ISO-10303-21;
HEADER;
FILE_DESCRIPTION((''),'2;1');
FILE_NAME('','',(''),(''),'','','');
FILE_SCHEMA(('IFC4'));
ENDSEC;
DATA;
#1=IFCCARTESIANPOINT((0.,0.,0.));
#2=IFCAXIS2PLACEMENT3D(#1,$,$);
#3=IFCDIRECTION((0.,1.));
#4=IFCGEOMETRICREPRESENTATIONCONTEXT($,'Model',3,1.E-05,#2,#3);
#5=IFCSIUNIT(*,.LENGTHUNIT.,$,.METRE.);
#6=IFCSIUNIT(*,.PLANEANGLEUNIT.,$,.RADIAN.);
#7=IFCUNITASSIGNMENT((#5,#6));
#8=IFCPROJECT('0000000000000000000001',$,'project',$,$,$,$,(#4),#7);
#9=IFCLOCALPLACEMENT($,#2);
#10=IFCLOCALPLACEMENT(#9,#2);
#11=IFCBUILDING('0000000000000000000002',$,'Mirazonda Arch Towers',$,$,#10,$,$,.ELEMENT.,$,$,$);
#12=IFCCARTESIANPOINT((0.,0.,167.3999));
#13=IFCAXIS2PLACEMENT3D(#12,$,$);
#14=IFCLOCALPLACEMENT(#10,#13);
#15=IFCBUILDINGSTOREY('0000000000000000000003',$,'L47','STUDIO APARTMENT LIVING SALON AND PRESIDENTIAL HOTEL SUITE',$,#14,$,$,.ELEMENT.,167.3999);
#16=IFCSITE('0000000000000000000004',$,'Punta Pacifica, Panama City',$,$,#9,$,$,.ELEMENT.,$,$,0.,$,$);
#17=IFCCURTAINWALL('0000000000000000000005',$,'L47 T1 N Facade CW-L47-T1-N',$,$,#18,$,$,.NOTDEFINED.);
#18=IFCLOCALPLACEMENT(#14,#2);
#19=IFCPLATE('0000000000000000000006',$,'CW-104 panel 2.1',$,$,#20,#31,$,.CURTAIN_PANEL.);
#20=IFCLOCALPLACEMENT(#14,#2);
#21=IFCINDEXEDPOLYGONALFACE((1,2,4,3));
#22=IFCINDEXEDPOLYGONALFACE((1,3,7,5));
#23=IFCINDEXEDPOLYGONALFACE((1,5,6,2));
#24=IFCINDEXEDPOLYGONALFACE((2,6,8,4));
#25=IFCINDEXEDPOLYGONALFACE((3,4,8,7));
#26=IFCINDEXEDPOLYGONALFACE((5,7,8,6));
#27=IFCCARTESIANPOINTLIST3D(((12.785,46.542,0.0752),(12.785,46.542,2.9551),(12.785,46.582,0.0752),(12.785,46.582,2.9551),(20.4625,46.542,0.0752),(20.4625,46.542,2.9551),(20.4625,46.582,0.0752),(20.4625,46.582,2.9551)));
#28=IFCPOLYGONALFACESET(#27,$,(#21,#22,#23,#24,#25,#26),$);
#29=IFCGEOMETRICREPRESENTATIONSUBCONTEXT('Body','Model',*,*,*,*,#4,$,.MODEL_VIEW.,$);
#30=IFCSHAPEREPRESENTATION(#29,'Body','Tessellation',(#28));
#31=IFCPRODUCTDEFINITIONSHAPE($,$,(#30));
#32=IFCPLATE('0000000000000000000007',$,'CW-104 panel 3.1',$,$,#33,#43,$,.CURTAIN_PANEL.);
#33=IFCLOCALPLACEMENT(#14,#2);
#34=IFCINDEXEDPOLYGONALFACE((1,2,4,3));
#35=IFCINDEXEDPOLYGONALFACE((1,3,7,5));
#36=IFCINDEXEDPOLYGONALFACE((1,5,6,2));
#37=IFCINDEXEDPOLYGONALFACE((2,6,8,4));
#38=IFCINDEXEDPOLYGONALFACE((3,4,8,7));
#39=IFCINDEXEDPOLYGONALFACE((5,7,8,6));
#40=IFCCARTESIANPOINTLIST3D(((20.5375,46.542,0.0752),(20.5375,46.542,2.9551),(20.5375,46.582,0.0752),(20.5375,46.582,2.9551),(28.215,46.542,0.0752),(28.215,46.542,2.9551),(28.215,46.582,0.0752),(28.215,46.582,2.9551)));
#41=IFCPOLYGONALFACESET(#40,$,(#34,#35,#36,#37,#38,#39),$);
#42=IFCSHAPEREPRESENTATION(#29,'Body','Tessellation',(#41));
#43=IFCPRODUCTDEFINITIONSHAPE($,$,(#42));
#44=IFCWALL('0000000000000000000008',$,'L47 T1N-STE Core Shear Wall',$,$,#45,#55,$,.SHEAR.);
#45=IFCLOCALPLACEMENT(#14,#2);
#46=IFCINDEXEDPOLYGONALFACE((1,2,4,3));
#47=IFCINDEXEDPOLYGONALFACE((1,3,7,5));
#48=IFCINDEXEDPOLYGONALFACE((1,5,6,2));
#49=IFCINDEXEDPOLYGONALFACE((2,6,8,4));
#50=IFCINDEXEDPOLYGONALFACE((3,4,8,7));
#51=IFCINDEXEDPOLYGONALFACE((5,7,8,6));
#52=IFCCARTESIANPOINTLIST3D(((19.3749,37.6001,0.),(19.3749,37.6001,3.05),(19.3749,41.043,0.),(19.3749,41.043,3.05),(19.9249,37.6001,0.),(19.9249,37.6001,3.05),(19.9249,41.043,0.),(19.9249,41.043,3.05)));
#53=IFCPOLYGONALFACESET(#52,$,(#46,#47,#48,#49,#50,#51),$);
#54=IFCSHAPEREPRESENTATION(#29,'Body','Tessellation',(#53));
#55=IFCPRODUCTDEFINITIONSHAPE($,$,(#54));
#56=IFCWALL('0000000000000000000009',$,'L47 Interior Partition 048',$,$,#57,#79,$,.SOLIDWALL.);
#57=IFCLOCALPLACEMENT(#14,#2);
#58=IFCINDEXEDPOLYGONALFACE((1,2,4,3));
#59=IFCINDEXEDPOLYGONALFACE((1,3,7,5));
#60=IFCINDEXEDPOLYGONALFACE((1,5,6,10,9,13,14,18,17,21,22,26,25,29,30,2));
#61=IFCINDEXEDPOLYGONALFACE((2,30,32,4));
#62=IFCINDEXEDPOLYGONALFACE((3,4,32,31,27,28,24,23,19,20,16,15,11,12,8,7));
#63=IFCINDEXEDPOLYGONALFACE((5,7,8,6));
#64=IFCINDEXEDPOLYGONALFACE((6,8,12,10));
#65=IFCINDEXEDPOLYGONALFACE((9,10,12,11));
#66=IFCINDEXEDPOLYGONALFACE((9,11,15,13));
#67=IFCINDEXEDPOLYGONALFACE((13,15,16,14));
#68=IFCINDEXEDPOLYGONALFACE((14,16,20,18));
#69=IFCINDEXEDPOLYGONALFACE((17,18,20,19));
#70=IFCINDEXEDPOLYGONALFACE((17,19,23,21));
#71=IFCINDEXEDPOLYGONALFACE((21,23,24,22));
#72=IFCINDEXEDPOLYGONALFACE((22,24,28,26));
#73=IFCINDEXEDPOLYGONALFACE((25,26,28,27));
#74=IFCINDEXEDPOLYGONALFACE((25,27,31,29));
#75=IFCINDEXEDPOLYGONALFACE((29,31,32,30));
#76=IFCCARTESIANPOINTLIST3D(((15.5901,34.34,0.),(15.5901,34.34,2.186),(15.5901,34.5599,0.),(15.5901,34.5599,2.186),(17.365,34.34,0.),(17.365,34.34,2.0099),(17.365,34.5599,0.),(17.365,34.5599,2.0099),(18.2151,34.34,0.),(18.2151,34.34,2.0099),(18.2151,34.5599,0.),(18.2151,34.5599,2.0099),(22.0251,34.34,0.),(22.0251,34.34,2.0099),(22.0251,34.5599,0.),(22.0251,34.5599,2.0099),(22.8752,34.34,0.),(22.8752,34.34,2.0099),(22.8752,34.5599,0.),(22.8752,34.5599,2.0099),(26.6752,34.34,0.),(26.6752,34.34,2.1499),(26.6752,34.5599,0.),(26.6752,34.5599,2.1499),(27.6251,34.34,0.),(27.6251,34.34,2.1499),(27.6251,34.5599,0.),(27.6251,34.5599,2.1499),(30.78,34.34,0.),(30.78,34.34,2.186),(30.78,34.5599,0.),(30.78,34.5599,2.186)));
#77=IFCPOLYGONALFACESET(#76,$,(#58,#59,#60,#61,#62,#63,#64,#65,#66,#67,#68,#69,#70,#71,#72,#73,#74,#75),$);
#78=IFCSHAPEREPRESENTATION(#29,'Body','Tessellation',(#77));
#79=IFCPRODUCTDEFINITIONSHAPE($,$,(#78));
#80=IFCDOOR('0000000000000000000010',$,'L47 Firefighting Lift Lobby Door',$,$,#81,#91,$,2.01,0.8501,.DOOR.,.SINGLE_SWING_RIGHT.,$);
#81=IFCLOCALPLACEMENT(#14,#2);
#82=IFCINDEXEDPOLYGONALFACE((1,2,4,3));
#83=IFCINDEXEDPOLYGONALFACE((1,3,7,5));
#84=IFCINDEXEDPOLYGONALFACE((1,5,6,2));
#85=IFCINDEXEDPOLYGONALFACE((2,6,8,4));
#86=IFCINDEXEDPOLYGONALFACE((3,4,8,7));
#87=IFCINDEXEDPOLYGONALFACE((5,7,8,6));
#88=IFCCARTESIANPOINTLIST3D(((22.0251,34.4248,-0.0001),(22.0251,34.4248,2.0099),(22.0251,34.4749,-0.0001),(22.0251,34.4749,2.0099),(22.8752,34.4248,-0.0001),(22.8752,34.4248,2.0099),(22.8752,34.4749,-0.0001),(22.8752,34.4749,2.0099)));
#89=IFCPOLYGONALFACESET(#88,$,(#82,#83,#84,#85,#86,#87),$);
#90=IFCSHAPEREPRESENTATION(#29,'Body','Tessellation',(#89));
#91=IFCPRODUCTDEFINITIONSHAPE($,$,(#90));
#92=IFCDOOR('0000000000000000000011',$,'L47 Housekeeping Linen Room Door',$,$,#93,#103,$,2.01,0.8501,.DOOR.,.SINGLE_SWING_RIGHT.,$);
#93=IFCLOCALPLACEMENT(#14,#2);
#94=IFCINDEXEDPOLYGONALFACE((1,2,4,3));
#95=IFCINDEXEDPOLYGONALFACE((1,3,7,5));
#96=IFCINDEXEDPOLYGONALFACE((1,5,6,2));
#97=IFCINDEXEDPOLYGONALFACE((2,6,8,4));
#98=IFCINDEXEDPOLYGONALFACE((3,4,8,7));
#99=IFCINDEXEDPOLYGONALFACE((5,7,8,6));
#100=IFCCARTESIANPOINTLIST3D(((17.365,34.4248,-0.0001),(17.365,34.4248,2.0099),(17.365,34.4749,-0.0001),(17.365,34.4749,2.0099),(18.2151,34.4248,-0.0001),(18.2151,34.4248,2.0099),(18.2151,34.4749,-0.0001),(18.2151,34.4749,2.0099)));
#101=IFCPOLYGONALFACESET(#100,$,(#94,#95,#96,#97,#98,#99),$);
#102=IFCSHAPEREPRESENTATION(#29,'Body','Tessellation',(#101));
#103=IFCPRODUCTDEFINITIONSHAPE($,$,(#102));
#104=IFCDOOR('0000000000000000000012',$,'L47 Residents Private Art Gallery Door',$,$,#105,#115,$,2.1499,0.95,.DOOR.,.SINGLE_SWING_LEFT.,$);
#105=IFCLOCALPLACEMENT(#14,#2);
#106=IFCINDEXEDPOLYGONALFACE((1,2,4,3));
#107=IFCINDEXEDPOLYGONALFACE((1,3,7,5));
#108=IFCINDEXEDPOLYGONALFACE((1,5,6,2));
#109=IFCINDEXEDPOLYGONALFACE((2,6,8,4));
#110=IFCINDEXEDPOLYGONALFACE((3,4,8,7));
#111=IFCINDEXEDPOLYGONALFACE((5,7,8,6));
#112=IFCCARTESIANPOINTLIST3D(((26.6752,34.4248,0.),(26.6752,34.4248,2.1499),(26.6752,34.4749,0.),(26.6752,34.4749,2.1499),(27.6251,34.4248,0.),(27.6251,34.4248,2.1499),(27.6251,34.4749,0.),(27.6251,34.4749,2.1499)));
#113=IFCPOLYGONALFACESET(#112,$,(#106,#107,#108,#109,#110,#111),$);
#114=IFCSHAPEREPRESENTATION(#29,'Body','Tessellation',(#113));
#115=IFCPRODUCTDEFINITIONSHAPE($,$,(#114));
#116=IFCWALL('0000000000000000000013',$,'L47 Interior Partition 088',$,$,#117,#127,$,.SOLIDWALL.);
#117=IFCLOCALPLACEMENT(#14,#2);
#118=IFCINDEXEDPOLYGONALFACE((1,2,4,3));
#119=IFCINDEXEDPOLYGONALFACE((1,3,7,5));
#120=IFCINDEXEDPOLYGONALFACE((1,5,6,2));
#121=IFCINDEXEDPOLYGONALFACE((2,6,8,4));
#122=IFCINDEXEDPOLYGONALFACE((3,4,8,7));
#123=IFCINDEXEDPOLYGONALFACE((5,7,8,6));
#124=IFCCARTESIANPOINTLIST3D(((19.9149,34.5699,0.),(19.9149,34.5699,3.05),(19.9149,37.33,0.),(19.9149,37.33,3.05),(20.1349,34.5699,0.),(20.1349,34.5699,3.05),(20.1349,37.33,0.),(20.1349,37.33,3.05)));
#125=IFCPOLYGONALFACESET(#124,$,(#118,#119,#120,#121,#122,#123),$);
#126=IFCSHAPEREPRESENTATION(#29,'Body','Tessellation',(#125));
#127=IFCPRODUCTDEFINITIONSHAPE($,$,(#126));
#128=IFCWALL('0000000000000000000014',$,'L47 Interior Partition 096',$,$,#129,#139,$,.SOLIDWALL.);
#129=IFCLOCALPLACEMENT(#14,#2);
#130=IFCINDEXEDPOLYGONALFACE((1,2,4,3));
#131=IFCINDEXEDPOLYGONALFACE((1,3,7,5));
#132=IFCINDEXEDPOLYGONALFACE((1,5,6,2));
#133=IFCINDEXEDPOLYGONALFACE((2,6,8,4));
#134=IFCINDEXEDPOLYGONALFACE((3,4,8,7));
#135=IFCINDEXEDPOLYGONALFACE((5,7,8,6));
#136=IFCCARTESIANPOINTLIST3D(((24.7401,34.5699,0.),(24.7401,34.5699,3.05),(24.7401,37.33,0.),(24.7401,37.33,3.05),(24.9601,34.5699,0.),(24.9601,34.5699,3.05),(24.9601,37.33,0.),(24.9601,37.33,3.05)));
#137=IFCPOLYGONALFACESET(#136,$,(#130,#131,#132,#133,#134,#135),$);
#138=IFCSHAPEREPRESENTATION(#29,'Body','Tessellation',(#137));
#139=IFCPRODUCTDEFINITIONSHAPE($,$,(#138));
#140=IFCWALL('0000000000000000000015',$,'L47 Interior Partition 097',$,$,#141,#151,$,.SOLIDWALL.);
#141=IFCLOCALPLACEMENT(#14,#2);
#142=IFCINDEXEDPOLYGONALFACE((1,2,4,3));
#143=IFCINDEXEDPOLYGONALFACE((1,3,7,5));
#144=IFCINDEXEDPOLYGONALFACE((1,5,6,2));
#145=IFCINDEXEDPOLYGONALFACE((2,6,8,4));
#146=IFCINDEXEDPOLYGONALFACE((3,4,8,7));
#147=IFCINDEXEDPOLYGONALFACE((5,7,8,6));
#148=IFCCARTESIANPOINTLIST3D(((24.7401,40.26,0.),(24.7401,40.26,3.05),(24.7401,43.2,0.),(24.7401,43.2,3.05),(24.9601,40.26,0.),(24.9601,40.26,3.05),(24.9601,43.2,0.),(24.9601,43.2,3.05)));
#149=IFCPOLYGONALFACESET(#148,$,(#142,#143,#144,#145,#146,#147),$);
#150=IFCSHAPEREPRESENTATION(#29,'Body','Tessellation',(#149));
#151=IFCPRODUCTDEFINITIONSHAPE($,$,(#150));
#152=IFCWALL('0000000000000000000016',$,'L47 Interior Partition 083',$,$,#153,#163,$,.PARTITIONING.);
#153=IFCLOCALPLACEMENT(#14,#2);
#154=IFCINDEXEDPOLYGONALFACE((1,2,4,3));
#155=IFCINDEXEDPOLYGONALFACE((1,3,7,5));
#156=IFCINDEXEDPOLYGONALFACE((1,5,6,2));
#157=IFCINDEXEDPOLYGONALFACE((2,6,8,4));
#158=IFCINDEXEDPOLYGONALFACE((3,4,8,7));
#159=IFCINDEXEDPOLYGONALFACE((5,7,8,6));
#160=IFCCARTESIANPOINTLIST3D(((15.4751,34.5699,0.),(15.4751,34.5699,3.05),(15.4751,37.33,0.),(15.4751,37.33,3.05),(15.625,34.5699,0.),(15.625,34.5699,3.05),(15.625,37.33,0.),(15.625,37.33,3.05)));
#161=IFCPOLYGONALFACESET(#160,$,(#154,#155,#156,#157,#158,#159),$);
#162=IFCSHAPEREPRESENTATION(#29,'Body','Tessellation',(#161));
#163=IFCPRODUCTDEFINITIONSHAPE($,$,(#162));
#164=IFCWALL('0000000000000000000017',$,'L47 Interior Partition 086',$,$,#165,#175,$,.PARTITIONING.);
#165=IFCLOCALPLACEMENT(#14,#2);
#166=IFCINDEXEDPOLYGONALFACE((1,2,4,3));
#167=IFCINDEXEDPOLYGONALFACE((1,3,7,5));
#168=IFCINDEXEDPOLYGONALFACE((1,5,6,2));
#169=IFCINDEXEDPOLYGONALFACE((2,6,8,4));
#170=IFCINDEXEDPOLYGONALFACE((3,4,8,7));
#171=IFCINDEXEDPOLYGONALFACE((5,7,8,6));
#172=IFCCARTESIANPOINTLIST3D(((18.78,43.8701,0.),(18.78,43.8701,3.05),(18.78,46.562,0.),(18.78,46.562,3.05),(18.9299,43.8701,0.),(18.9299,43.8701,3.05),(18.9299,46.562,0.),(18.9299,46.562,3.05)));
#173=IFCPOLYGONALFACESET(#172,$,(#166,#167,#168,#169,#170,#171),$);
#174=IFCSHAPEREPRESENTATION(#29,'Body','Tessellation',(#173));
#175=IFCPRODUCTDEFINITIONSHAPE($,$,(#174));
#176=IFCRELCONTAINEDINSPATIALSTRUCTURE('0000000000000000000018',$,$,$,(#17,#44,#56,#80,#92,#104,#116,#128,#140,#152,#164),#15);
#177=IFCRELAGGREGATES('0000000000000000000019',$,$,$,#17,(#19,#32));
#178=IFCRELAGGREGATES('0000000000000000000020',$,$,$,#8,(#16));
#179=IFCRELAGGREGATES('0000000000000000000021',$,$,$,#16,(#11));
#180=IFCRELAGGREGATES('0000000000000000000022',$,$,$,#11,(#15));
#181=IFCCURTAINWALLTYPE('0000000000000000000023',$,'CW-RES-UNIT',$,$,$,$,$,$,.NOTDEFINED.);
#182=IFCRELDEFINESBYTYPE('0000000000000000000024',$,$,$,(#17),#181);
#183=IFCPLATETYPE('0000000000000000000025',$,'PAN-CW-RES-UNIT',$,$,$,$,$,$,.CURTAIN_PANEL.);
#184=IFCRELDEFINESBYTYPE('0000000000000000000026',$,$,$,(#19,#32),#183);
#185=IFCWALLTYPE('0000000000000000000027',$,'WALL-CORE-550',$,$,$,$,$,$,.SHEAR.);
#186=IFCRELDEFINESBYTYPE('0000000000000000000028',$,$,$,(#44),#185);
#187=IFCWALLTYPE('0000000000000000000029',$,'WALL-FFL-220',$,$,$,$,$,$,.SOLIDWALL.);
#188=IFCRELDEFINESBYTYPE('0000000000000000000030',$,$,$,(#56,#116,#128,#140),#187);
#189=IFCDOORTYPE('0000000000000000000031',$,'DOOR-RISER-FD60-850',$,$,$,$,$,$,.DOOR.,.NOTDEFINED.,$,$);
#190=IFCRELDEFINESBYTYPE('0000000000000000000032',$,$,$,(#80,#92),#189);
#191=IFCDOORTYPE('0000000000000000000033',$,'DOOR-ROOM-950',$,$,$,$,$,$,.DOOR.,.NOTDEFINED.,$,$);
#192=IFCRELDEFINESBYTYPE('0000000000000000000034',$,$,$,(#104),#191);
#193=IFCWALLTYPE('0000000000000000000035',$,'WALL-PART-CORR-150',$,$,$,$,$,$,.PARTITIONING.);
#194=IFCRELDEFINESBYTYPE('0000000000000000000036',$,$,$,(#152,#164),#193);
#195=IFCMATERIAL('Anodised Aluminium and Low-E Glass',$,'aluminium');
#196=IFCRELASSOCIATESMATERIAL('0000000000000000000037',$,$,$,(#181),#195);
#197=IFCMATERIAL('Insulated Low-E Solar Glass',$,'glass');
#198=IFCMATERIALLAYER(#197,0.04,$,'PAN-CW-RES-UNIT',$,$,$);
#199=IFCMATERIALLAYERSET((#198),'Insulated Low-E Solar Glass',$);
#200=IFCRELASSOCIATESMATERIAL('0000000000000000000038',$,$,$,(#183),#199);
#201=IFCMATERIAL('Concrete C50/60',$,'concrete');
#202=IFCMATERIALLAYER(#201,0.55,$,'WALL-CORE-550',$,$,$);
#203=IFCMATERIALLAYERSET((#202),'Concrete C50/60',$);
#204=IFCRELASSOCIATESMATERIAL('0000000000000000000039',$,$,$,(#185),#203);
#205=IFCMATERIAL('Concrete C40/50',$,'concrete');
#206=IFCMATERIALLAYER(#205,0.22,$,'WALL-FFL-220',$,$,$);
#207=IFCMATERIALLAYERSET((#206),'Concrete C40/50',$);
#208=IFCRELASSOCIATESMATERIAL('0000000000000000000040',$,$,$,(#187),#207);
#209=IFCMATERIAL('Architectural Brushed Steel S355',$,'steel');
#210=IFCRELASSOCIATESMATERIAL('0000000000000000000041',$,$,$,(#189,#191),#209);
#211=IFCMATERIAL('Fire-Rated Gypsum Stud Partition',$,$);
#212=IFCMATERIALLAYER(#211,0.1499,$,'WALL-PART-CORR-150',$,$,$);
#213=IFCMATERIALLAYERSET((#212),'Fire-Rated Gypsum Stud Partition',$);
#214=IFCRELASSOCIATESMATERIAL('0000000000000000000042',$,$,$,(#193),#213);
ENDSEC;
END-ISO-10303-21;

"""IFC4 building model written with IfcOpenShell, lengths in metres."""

from ifc_helpers import new_model, si_unit, direction, frame, frame_2d, origin, origin_2d, place, context, subcontext, project, spatial, rectangle, extrude, material, layer, layer_set, type_object, element, fill, aggregate, save


model = new_model("IFC4")

# Units and contexts
model_context = context("Model", 3, precision=1e-05, world=origin(), true_north=direction((0.0, 1.0)))
body_context = subcontext(model_context, "Body", "Model", "MODEL_VIEW")
ifc_project = project(units=[si_unit("LENGTHUNIT", "METRE"), si_unit("PLANEANGLEUNIT", "RADIAN")], contexts=[model_context])

# Site, building, storey
site_placement = place(None, origin())
site = spatial("IfcSite", under=ifc_project, at=site_placement, Name="Punta Pacifica, Panama City", CompositionType="ELEMENT", RefElevation=0.0)
building_placement = place(site_placement, origin())
building = spatial("IfcBuilding", under=site, at=building_placement, Name="Mirazonda Arch Towers", CompositionType="ELEMENT")
storey_placement = place(building_placement, frame((0.0, 0.0, 167.3999)))
storey = spatial("IfcBuildingStorey", under=building, at=storey_placement, Name="L47", Description="STUDIO APARTMENT LIVING SALON AND PRESIDENTIAL HOTEL SUITE", CompositionType="ELEMENT", Elevation=167.3999)

# Shared definitions
ifc_material_1 = material(Name="Concrete C50/60", Category="concrete")

# Curtain wall, plates
ifc_material_2 = material(Name="Anodised Aluminium and Low-E Glass", Category="aluminium")
curtain_wall_type = type_object("IfcCurtainWallType", Name="CW-RES-UNIT", PredefinedType="NOTDEFINED", material=ifc_material_2)
curtain_wall_placement = place(storey_placement, origin())
curtain_wall = element("IfcCurtainWall", 1, at=curtain_wall_placement, inside=storey, type_object=curtain_wall_type, Name="L47 T1 N Facade CW-L47-T1-N", PredefinedType="NOTDEFINED")
ifc_material_3 = material(Name="Insulated Low-E Solar Glass", Category="glass")
ifc_layer_1 = layer(ifc_material_3, 0.04, Name="PAN-CW-RES-UNIT")
ifc_layer_set_1 = layer_set([ifc_layer_1], Name="Insulated Low-E Solar Glass")
plate_type = type_object("IfcPlateType", Name="PAN-CW-RES-UNIT", PredefinedType="CURTAIN_PANEL", material=ifc_layer_set_1)
plate_1_placement = place(storey_placement, frame((16.6238, 46.562, 0.0752), z_axis=(0.0, 0.0, 1.0), x_axis=(1.0, 0.0, 0.0)))
plate_1 = element("IfcPlate", 2, at=plate_1_placement, type_object=plate_type, Name="CW-104 panel 2.1", PredefinedType="CURTAIN_PANEL", context=body_context, shape_type="SweptSolid", body=[
    extrude(rectangle(XDim=7.6775, YDim=0.04, at=origin_2d()), origin(), (0.0, 0.0, 1.0), 2.8799),
])
plate_2_placement = place(storey_placement, frame((24.3762, 46.562, 0.0752), z_axis=(0.0, 0.0, 1.0), x_axis=(1.0, 0.0, 0.0)))
plate_2 = element("IfcPlate", 3, at=plate_2_placement, type_object=plate_type, Name="CW-104 panel 3.1", PredefinedType="CURTAIN_PANEL", context=body_context, shape_type="SweptSolid", body=[
    extrude(rectangle(XDim=7.6775, YDim=0.04, at=origin_2d()), origin(), (0.0, 0.0, 1.0), 2.8799),
])
aggregate(curtain_wall, [plate_1, plate_2])

# Wall
ifc_layer_2 = layer(ifc_material_1, 0.55, Name="WALL-CORE-550")
ifc_layer_set_2 = layer_set([ifc_layer_2], Name="Concrete C50/60")
wall_type_1 = type_object("IfcWallType", Name="WALL-CORE-550", PredefinedType="SHEAR", material=ifc_layer_set_2)
wall_1_placement = place(storey_placement, frame((19.6499, 37.6001, 0.0), z_axis=(0.0, 0.0, 1.0), x_axis=(0.0, 1.0, 0.0)))
element("IfcWall", 4, at=wall_1_placement, inside=storey, type_object=wall_type_1, Name="L47 T1N-STE Core Shear Wall", PredefinedType="SHEAR", context=body_context, shape_type="SweptSolid", body=[
    extrude(rectangle(XDim=3.4429, YDim=0.55, at=frame_2d((1.7214, 0.0))), origin(), (0.0, 0.0, 1.0), 3.05),
])

# Wall, openings, doors
ifc_material_4 = material(Name="Concrete C40/50", Category="concrete")
ifc_layer_3 = layer(ifc_material_4, 0.22, Name="WALL-FFL-220")
ifc_layer_set_3 = layer_set([ifc_layer_3], Name="Concrete C40/50")
wall_type_2 = type_object("IfcWallType", Name="WALL-FFL-220", PredefinedType="SOLIDWALL", material=ifc_layer_set_3)
wall_2_placement = place(storey_placement, frame((15.5901, 34.45, 0.0), z_axis=(0.0, 0.0, 1.0), x_axis=(1.0, 0.0, 0.0)))
wall_2 = element("IfcWall", 5, at=wall_2_placement, inside=storey, type_object=wall_type_2, Name="L47 Interior Partition 048", PredefinedType="SOLIDWALL", context=body_context, shape_type="SweptSolid", body=[
    extrude(rectangle(XDim=15.1899, YDim=0.22, at=frame_2d((7.595, 0.0))), origin(), (0.0, 0.0, 1.0), 2.186),
])
opening_1_placement = place(wall_2_placement, frame((6.4351, 0.0, 0.0)))
opening_1 = element("IfcOpeningElement", 6, at=opening_1_placement, cuts=wall_2, PredefinedType="OPENING", context=body_context, shape_type="SweptSolid", body=[
    extrude(rectangle(XDim=0.8501, YDim=2.01, at=frame_2d((0.425, 1.0049))), frame((0.0, 0.1199, 0.0), z_axis=(0.0, -1.0, 0.0), x_axis=(1.0, 0.0, 0.0)), (0.0, 0.0, 1.0), 0.24),
])
opening_2_placement = place(wall_2_placement, frame((11.085, 0.0, 0.0)))
opening_2 = element("IfcOpeningElement", 7, at=opening_2_placement, cuts=wall_2, PredefinedType="OPENING", context=body_context, shape_type="SweptSolid", body=[
    extrude(rectangle(XDim=0.95, YDim=2.1499, at=frame_2d((0.4751, 1.075))), frame((0.0, 0.1199, 0.0), z_axis=(0.0, -1.0, 0.0), x_axis=(1.0, 0.0, 0.0)), (0.0, 0.0, 1.0), 0.24),
])
opening_3_placement = place(wall_2_placement, frame((1.7749, 0.0, 0.0)))
opening_3 = element("IfcOpeningElement", 8, at=opening_3_placement, cuts=wall_2, PredefinedType="OPENING", context=body_context, shape_type="SweptSolid", body=[
    extrude(rectangle(XDim=0.8501, YDim=2.01, at=frame_2d((0.425, 1.0049))), frame((0.0, 0.1199, 0.0), z_axis=(0.0, -1.0, 0.0), x_axis=(1.0, 0.0, 0.0)), (0.0, 0.0, 1.0), 0.24),
])
ifc_material_5 = material(Name="Architectural Brushed Steel S355", Category="steel")
door_type_1 = type_object("IfcDoorType", Name="DOOR-RISER-FD60-850", OperationType="NOTDEFINED", PredefinedType="DOOR", material=ifc_material_5)
door_1_placement = place(opening_1_placement, origin())
door_1 = element("IfcDoor", 9, at=door_1_placement, inside=storey, type_object=door_type_1, Name="L47 Firefighting Lift Lobby Door", OperationType="SINGLE_SWING_RIGHT", OverallHeight=2.01, OverallWidth=0.8501, PredefinedType="DOOR", context=body_context, shape_type="SweptSolid", body=[
    extrude(rectangle(XDim=0.8501, YDim=2.01, at=frame_2d((0.425, 1.0049))), frame((0.0, 0.0249, 0.0), z_axis=(0.0, -1.0, 0.0), x_axis=(1.0, 0.0, 0.0)), (0.0, 0.0, 1.0), 0.05),
])
fill(opening_1, door_1)
door_2_placement = place(opening_3_placement, origin())
door_2 = element("IfcDoor", 10, at=door_2_placement, inside=storey, type_object=door_type_1, Name="L47 Housekeeping Linen Room Door", OperationType="SINGLE_SWING_RIGHT", OverallHeight=2.01, OverallWidth=0.8501, PredefinedType="DOOR", context=body_context, shape_type="SweptSolid", body=[
    extrude(rectangle(XDim=0.8501, YDim=2.01, at=frame_2d((0.425, 1.0049))), frame((0.0, 0.0249, 0.0), z_axis=(0.0, -1.0, 0.0), x_axis=(1.0, 0.0, 0.0)), (0.0, 0.0, 1.0), 0.05),
])
fill(opening_3, door_2)
door_type_2 = type_object("IfcDoorType", Name="DOOR-ROOM-950", OperationType="NOTDEFINED", PredefinedType="DOOR", material=ifc_material_5)
door_3_placement = place(opening_2_placement, origin())
door_3 = element("IfcDoor", 11, at=door_3_placement, inside=storey, type_object=door_type_2, Name="L47 Residents Private Art Gallery Door", OperationType="SINGLE_SWING_LEFT", OverallHeight=2.1499, OverallWidth=0.95, PredefinedType="DOOR", context=body_context, shape_type="SweptSolid", body=[
    extrude(rectangle(XDim=0.95, YDim=2.1499, at=frame_2d((0.4751, 1.075))), frame((0.0, 0.0249, 0.0), z_axis=(0.0, -1.0, 0.0), x_axis=(1.0, 0.0, 0.0)), (0.0, 0.0, 1.0), 0.05),
])
fill(opening_2, door_3)

# Walls
for number, where, z_axis, x_axis, name in (
    (12, (20.0249, 34.5701, 0.0), (0.0, 0.0, 1.0), (0.0, 1.0, 0.0), "L47 Interior Partition 088"),
    (13, (24.8501, 34.5701, 0.0), (0.0, 0.0, 1.0), (0.0, 1.0, 0.0), "L47 Interior Partition 096"),
):
    element("IfcWall", number, at=place(storey_placement, frame(where, z_axis=z_axis, x_axis=x_axis)), inside=storey, type_object=wall_type_2, Name=name, PredefinedType="SOLIDWALL", context=body_context, shape_type="SweptSolid", body=[
        extrude(rectangle(XDim=2.76, YDim=0.22, at=frame_2d((1.3799, 0.0))), origin(), (0.0, 0.0, 1.0), 3.05),
    ])
wall_3_placement = place(storey_placement, frame((24.8501, 40.26, 0.0), z_axis=(0.0, 0.0, 1.0), x_axis=(0.0, 1.0, 0.0)))
element("IfcWall", 14, at=wall_3_placement, inside=storey, type_object=wall_type_2, Name="L47 Interior Partition 097", PredefinedType="SOLIDWALL", context=body_context, shape_type="SweptSolid", body=[
    extrude(rectangle(XDim=2.9399, YDim=0.22, at=frame_2d((1.47, 0.0))), origin(), (0.0, 0.0, 1.0), 3.05),
])
ifc_material_6 = material(Name="Fire-Rated Gypsum Stud Partition")
ifc_layer_4 = layer(ifc_material_6, 0.1499, Name="WALL-PART-CORR-150")
ifc_layer_set_4 = layer_set([ifc_layer_4], Name="Fire-Rated Gypsum Stud Partition")
wall_type_3 = type_object("IfcWallType", Name="WALL-PART-CORR-150", PredefinedType="PARTITIONING", material=ifc_layer_set_4)
wall_4_placement = place(storey_placement, frame((15.55, 34.5701, 0.0), z_axis=(0.0, 0.0, 1.0), x_axis=(0.0, 1.0, 0.0)))
element("IfcWall", 15, at=wall_4_placement, inside=storey, type_object=wall_type_3, Name="L47 Interior Partition 083", PredefinedType="PARTITIONING", context=body_context, shape_type="SweptSolid", body=[
    extrude(rectangle(XDim=2.76, YDim=0.1499, at=frame_2d((1.3799, 0.0))), origin(), (0.0, 0.0, 1.0), 3.05),
])
wall_5_placement = place(storey_placement, frame((18.855, 43.8701, 0.0), z_axis=(0.0, 0.0, 1.0), x_axis=(0.0, 1.0, 0.0)))
element("IfcWall", 16, at=wall_5_placement, inside=storey, type_object=wall_type_3, Name="L47 Interior Partition 086", PredefinedType="PARTITIONING", context=body_context, shape_type="SweptSolid", body=[
    extrude(rectangle(XDim=2.6919, YDim=0.1499, at=frame_2d((1.3459, 0.0))), origin(), (0.0, 0.0, 1.0), 3.05),
])

save(model, "model.ifc")
